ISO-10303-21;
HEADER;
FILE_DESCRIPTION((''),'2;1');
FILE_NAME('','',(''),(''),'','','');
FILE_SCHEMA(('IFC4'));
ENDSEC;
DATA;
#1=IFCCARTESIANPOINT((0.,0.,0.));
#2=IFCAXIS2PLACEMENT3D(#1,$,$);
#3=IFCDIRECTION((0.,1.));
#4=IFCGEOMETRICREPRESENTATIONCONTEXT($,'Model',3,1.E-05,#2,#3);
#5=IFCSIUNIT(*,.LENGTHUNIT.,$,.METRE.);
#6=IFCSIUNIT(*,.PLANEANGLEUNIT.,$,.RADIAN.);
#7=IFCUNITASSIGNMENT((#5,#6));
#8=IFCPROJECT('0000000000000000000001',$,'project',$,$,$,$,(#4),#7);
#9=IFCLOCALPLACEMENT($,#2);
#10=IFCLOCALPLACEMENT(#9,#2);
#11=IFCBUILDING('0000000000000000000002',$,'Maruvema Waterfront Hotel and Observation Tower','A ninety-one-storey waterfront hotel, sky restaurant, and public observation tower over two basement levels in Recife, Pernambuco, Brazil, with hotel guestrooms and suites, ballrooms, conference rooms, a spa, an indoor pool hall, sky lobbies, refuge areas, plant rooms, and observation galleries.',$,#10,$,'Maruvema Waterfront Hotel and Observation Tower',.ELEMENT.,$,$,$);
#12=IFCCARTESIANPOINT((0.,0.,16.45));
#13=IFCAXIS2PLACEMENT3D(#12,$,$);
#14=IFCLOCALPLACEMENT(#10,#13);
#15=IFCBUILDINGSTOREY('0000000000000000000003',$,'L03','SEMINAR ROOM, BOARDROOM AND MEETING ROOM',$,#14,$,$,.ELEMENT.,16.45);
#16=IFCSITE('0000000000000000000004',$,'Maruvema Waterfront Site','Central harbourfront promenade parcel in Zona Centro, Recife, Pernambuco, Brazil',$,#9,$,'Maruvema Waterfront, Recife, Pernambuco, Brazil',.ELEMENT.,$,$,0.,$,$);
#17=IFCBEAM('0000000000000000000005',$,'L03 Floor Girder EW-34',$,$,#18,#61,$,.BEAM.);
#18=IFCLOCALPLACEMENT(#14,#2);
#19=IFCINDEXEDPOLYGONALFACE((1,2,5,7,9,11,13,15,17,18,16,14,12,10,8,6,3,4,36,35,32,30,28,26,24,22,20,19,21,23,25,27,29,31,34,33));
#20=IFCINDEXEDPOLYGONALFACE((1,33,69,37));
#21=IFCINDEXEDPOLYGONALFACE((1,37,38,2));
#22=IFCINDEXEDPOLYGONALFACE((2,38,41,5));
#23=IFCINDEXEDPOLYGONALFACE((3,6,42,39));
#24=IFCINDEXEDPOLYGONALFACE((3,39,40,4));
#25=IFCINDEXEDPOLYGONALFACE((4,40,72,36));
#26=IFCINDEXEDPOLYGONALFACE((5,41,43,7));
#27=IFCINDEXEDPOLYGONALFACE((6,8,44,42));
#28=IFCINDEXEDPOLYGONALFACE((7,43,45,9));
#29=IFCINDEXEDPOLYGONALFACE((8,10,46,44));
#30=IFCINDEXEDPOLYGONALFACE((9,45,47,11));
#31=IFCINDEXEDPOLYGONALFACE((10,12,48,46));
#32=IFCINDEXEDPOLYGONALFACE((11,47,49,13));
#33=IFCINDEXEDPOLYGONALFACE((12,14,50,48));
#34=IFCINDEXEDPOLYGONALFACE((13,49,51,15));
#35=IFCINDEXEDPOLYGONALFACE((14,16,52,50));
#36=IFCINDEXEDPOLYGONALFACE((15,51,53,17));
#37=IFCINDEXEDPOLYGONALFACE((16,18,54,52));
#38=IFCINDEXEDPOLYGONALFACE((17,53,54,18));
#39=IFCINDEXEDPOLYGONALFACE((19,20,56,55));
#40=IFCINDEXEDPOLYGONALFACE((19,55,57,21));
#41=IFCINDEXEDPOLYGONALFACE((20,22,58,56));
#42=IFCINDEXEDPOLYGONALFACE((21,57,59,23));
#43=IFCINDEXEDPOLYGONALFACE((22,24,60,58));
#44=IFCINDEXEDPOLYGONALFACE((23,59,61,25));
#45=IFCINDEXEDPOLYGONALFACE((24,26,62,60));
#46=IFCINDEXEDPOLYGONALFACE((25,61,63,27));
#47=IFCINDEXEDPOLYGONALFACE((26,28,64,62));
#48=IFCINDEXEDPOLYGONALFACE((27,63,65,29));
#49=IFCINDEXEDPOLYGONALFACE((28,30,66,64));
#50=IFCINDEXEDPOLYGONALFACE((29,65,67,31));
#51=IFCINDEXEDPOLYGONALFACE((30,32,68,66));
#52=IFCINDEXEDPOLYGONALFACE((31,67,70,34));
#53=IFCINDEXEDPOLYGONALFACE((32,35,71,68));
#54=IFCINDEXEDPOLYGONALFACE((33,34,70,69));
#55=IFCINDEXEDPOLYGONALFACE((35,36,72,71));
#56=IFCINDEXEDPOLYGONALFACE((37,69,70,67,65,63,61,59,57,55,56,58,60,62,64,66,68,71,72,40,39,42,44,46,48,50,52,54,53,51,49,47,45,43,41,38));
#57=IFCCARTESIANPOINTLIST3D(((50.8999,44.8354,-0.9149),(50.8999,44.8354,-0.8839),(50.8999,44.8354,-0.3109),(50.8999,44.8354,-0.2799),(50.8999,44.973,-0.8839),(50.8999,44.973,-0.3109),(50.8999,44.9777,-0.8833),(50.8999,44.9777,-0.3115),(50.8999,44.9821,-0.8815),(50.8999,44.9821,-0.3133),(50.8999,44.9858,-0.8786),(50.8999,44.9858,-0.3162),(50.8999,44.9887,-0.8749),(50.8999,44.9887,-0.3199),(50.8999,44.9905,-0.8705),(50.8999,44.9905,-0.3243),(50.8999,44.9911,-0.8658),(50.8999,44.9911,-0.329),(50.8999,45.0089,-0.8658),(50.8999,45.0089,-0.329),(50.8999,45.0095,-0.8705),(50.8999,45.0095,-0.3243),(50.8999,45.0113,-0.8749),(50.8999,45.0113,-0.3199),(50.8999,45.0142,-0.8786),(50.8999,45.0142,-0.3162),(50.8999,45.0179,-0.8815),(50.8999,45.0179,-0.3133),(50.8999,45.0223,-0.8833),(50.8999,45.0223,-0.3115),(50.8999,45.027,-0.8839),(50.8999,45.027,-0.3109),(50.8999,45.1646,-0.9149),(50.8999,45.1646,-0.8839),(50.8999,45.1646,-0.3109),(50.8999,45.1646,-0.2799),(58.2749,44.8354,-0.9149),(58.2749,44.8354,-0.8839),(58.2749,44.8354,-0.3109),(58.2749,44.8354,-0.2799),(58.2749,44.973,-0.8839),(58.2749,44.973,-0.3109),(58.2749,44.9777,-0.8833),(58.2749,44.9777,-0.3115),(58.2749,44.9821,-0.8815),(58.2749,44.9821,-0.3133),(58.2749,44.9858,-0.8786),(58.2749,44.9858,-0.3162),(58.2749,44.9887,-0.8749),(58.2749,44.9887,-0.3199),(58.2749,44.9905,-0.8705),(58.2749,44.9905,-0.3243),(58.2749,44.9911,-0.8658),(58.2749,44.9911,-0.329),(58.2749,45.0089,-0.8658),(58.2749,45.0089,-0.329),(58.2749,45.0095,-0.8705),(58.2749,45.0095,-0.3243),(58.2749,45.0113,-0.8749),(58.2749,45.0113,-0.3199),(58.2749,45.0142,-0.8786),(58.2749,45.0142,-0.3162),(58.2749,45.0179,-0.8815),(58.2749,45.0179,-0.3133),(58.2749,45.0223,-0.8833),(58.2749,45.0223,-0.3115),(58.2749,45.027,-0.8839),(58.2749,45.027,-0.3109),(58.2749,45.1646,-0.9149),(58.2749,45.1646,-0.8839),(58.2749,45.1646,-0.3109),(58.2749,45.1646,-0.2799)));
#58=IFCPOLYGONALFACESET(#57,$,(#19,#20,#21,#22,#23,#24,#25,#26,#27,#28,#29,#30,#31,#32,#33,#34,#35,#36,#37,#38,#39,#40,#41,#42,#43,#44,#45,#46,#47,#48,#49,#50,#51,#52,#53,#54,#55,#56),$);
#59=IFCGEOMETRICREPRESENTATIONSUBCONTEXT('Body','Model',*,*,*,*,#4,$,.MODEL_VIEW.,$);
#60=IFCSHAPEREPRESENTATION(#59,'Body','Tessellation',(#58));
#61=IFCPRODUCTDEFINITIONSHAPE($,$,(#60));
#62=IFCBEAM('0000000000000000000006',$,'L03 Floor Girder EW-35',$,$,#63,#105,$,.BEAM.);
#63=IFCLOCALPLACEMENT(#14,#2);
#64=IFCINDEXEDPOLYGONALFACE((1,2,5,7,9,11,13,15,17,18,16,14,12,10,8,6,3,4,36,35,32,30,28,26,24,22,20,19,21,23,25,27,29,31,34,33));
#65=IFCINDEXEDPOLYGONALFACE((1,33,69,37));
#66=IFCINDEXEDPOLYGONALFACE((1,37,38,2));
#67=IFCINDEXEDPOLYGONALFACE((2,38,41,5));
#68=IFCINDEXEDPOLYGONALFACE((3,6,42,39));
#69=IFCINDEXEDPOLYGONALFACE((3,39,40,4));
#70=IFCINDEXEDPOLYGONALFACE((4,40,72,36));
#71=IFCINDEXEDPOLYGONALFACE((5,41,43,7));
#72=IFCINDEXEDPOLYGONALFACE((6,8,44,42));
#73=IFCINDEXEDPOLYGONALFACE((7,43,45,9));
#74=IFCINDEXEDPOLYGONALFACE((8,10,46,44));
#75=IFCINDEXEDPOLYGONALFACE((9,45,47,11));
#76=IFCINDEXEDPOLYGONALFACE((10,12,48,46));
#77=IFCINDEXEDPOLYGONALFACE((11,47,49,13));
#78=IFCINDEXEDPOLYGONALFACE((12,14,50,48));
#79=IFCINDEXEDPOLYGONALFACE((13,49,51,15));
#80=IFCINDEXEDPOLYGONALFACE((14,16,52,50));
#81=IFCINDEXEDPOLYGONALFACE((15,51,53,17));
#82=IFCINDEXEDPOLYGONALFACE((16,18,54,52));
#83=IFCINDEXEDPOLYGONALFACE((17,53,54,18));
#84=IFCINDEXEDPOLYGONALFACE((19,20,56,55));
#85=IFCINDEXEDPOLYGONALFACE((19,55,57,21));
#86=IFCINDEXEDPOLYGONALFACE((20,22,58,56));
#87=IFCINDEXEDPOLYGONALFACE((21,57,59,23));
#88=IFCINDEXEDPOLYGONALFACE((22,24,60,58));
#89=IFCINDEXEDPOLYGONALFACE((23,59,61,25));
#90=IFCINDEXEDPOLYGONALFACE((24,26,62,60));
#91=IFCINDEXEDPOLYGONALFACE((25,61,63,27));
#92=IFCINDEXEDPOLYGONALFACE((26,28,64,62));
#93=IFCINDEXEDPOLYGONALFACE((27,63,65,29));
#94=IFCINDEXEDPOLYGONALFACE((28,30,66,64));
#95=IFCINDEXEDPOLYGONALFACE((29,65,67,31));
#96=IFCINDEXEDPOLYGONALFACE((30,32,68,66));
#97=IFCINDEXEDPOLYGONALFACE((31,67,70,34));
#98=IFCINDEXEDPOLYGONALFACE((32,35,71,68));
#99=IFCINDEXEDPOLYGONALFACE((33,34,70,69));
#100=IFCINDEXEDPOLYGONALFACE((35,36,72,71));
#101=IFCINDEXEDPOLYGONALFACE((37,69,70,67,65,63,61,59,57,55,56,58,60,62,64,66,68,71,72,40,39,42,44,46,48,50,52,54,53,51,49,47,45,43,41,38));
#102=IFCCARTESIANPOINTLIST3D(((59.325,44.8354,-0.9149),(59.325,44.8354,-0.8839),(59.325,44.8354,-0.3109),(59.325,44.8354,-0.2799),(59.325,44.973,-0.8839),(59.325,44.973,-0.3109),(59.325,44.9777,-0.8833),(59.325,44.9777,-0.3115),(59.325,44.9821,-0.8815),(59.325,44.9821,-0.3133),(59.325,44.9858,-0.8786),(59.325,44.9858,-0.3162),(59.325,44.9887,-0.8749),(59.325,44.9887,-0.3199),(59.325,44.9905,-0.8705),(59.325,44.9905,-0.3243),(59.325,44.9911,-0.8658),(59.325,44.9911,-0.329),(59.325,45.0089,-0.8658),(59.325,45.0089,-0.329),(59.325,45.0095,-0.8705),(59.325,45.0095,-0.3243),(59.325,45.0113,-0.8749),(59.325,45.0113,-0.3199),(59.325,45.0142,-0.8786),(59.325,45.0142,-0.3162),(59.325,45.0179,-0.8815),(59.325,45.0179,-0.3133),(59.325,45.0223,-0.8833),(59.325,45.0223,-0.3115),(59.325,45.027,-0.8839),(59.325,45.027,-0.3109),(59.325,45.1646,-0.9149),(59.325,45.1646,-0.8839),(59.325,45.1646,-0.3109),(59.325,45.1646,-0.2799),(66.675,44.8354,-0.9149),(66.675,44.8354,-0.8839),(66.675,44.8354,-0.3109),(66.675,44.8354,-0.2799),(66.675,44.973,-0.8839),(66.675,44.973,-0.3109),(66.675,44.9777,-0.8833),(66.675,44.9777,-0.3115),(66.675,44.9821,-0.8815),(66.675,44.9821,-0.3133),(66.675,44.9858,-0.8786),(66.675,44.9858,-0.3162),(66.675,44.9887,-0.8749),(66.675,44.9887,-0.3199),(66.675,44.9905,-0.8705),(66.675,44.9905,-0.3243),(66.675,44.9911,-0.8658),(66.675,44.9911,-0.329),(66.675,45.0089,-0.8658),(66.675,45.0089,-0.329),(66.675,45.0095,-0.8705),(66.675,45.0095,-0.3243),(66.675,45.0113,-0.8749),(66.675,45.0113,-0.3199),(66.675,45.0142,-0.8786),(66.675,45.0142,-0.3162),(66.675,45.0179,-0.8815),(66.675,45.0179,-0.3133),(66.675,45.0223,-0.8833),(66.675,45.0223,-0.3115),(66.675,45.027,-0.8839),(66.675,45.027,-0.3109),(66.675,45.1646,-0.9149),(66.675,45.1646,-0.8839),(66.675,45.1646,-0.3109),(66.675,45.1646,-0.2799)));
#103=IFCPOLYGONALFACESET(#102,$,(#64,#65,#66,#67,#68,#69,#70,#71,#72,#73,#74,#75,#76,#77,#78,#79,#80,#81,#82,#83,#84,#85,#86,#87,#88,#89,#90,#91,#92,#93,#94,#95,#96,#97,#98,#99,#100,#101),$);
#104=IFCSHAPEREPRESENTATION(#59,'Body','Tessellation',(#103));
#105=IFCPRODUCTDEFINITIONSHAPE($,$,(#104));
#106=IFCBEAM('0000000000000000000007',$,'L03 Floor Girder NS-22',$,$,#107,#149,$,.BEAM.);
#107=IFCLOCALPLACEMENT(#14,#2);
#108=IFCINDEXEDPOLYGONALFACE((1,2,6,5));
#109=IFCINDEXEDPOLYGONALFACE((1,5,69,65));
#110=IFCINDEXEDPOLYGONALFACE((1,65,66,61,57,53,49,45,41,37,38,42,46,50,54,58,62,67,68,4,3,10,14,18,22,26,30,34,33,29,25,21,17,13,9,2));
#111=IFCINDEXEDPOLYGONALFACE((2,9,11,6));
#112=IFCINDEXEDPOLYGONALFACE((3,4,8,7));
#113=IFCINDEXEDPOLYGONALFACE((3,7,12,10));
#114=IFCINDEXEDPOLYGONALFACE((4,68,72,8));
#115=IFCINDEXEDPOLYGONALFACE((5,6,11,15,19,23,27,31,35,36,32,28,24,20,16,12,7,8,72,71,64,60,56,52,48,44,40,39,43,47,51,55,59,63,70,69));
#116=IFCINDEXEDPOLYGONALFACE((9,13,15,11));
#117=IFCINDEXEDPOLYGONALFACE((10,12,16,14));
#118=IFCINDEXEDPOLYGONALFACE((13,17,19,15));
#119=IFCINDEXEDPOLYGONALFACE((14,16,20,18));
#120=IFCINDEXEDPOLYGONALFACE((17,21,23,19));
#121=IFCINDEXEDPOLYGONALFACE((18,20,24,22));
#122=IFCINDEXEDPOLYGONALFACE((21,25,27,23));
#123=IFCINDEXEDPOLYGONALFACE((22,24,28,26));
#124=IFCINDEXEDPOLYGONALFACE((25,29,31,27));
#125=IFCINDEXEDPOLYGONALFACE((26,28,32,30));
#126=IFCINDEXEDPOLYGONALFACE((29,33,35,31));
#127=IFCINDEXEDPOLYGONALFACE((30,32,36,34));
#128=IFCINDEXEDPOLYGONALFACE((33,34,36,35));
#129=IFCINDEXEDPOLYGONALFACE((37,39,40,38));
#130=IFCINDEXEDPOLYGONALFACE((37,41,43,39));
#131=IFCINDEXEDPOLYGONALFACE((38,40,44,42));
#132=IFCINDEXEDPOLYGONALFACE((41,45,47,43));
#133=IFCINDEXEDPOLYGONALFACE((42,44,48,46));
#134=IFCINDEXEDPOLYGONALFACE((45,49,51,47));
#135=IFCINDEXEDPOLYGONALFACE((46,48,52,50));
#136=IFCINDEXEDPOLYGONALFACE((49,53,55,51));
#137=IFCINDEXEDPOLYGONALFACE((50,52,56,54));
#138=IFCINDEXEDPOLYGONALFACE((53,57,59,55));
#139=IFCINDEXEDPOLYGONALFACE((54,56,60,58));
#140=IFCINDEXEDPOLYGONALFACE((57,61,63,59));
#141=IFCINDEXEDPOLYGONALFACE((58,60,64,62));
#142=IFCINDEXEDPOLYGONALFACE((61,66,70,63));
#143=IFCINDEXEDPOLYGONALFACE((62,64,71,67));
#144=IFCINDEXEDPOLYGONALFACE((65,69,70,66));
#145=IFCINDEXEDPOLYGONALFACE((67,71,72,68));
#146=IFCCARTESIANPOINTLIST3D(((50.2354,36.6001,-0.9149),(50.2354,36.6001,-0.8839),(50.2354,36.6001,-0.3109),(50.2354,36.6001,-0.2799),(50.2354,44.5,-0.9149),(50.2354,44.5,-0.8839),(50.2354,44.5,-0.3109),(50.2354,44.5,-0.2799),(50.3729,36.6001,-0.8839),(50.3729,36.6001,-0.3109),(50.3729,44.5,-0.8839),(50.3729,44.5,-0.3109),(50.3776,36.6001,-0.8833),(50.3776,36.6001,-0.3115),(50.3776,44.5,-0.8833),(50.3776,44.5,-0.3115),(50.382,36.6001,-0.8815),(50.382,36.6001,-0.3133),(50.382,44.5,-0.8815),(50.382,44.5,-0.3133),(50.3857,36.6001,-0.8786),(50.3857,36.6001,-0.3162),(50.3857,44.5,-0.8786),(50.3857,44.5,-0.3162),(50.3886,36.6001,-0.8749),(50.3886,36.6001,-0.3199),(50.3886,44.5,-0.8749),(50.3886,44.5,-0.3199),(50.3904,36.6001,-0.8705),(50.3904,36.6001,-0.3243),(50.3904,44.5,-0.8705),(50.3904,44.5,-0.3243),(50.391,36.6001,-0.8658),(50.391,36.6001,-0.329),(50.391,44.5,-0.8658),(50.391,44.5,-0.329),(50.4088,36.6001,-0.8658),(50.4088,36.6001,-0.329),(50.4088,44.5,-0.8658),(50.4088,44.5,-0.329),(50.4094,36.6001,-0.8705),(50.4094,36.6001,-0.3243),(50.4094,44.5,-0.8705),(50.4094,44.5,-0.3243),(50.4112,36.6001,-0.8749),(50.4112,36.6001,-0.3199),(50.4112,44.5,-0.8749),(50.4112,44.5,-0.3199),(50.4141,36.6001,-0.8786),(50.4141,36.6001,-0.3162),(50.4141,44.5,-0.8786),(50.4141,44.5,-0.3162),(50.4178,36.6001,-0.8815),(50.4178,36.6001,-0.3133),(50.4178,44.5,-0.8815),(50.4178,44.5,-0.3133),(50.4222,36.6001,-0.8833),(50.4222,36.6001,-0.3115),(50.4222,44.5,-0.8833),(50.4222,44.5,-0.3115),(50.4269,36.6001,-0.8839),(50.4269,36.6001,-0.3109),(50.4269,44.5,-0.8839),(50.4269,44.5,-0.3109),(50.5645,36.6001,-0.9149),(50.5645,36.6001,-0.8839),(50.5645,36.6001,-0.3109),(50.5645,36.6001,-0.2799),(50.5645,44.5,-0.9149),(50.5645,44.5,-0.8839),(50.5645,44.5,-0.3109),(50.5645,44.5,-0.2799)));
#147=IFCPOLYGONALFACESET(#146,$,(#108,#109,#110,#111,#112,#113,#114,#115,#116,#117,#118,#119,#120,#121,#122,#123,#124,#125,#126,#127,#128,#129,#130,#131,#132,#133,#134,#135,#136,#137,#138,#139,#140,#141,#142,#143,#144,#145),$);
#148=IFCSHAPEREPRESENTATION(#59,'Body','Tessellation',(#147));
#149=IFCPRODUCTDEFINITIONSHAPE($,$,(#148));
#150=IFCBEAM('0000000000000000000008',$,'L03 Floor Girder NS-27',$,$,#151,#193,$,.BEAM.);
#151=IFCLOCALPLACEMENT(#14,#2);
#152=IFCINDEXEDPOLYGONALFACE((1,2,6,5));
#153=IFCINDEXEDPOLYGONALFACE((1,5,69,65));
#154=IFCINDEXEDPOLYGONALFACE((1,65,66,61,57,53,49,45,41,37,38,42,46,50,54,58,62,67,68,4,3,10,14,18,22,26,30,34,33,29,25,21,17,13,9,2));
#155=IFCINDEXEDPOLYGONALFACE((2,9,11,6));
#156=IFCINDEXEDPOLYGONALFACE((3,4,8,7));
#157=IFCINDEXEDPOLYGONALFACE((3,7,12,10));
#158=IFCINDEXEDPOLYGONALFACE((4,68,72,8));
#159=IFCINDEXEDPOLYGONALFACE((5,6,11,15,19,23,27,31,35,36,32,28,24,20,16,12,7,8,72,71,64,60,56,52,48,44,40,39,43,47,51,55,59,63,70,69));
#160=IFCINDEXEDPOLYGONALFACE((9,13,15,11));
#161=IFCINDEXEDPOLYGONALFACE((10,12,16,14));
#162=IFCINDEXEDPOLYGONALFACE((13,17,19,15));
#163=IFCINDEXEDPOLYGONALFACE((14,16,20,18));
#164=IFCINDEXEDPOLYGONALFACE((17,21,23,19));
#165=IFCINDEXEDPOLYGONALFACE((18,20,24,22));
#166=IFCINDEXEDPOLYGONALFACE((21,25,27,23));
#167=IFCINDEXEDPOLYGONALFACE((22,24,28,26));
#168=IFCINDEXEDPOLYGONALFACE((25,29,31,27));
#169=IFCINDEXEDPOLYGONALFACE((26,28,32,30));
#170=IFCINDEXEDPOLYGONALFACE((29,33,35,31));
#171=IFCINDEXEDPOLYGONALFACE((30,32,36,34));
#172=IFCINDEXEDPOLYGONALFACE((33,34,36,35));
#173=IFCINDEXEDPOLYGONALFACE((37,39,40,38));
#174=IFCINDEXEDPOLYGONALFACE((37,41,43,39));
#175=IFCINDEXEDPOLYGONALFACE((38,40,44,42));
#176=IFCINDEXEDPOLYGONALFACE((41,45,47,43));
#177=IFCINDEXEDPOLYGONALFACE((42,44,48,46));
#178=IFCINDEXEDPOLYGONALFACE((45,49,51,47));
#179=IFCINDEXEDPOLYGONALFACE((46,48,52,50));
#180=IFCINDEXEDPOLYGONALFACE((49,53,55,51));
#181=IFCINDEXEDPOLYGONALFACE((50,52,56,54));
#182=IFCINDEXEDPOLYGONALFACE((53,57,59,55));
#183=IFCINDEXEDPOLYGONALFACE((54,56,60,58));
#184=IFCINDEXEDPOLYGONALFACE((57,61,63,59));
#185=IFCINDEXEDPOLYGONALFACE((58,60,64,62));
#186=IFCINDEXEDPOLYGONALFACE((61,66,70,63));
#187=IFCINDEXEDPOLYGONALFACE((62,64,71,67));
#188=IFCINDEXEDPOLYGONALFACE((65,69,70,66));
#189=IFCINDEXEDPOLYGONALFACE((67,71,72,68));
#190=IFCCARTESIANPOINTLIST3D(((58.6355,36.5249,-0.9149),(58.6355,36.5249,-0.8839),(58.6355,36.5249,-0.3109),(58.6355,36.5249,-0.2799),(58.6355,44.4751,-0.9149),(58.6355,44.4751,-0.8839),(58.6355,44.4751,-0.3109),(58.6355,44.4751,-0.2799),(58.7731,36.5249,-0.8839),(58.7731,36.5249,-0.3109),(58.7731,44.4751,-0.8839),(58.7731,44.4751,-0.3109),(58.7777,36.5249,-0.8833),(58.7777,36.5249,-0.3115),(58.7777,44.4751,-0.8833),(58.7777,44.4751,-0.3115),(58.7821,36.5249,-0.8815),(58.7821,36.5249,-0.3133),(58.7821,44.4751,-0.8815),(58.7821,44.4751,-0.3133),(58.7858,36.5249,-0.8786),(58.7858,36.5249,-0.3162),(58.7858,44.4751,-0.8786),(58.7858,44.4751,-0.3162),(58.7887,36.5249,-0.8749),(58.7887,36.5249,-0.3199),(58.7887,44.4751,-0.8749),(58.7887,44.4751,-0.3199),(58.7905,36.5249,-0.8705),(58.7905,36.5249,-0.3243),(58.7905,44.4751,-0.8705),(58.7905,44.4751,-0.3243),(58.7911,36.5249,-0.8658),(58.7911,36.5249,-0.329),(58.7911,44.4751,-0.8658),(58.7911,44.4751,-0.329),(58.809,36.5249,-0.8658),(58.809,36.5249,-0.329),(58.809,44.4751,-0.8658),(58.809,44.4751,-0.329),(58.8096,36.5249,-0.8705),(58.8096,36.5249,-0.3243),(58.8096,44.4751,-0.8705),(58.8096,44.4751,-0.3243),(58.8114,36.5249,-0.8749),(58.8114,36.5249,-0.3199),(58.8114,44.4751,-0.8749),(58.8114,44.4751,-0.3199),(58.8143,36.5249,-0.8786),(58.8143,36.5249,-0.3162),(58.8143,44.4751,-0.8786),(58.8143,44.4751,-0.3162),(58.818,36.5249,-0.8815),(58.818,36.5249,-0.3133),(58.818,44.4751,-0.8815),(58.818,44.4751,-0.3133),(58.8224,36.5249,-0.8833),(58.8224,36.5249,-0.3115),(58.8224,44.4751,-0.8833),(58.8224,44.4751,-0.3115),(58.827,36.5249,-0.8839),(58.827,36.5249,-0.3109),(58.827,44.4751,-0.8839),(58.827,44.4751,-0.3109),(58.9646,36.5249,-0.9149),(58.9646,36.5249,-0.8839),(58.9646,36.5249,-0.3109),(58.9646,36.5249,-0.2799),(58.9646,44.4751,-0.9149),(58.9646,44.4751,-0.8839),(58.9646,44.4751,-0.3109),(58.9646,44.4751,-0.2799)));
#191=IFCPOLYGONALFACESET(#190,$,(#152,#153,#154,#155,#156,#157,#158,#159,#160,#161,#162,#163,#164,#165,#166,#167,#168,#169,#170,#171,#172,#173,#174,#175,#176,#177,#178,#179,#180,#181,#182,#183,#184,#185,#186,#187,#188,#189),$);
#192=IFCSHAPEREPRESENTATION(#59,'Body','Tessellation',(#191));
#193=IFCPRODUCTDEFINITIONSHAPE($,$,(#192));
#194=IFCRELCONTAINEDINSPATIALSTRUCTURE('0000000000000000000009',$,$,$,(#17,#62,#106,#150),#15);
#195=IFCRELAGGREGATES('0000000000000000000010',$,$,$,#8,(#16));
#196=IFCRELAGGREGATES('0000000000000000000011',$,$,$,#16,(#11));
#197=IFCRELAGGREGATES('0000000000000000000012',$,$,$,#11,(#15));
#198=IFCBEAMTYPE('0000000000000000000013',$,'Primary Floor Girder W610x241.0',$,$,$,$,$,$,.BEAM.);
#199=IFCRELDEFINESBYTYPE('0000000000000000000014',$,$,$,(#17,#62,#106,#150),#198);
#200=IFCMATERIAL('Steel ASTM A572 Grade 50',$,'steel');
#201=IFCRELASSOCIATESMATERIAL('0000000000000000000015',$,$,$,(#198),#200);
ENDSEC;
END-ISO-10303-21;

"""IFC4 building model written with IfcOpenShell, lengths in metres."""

from ifc_helpers import new_model, si_unit, direction, frame, origin, origin_2d, place, context, subcontext, project, spatial, i_section, extrude, material, material_profile, profile_set, type_object, element, save


model = new_model("IFC4")

# Units and contexts
model_context = context("Model", 3, precision=1e-05, world=origin(), true_north=direction((0.0, 1.0)))
body_context = subcontext(model_context, "Body", "Model", "MODEL_VIEW")
ifc_project = project(units=[si_unit("LENGTHUNIT", "METRE"), si_unit("PLANEANGLEUNIT", "RADIAN")], contexts=[model_context])

# Site, building, storey
site_placement = place(None, origin())
site = spatial("IfcSite", under=ifc_project, at=site_placement, Name="Maruvema Waterfront Site", Description="Central harbourfront promenade parcel in Zona Centro, Recife, Pernambuco, Brazil", LongName="Maruvema Waterfront, Recife, Pernambuco, Brazil", CompositionType="ELEMENT", RefElevation=0.0)
building_placement = place(site_placement, origin())
building = spatial("IfcBuilding", under=site, at=building_placement, Name="Maruvema Waterfront Hotel and Observation Tower", Description="A ninety-one-storey waterfront hotel, sky restaurant, and public observation tower over two basement levels in Recife, Pernambuco, Brazil, with hotel guestrooms and suites, ballrooms, conference rooms, a spa, an indoor pool hall, sky lobbies, refuge areas, plant rooms, and observation galleries.", LongName="Maruvema Waterfront Hotel and Observation Tower", CompositionType="ELEMENT")
storey_placement = place(building_placement, frame((0.0, 0.0, 16.45)))
storey = spatial("IfcBuildingStorey", under=building, at=storey_placement, Name="L03", Description="SEMINAR ROOM, BOARDROOM AND MEETING ROOM", CompositionType="ELEMENT", Elevation=16.45)

# Beams
ifc_material_1 = material(Name="Steel ASTM A572 Grade 50", Category="steel")
ifc_material_profile_1 = material_profile(ifc_material_1, i_section(OverallWidth=0.3291, OverallDepth=0.635, WebThickness=0.0178, FlangeThickness=0.031, FilletRadius=0.0181, at=origin_2d()), Name="W610x241.0")
ifc_profile_set_1 = profile_set([ifc_material_profile_1], Name="Steel ASTM A572 Grade 50")
beam_type_1 = type_object("IfcBeamType", Name="Primary Floor Girder W610x241.0", PredefinedType="BEAM", material=ifc_profile_set_1)
beam_1_placement = place(storey_placement, frame((50.8999, 45.0, -0.5974), z_axis=(1.0, 0.0, 0.0), x_axis=(0.0, 1.0, 0.0)))
element("IfcBeam", 1, at=beam_1_placement, inside=storey, type_object=beam_type_1, Name="L03 Floor Girder EW-34", PredefinedType="BEAM", context=body_context, shape_type="SweptSolid", body=[
    extrude(i_section(OverallWidth=0.3291, OverallDepth=0.635, WebThickness=0.0178, FlangeThickness=0.031, FilletRadius=0.0181, at=origin_2d()), origin(), (0.0, 0.0, 1.0), 7.375),
])
beam_2_placement = place(storey_placement, frame((59.325, 45.0, -0.5974), z_axis=(1.0, 0.0, 0.0), x_axis=(0.0, 1.0, 0.0)))
element("IfcBeam", 2, at=beam_2_placement, inside=storey, type_object=beam_type_1, Name="L03 Floor Girder EW-35", PredefinedType="BEAM", context=body_context, shape_type="SweptSolid", body=[
    extrude(i_section(OverallWidth=0.3291, OverallDepth=0.635, WebThickness=0.0178, FlangeThickness=0.031, FilletRadius=0.0181, at=origin_2d()), origin(), (0.0, 0.0, 1.0), 7.3501),
])
beam_3_placement = place(storey_placement, frame((50.3999, 36.6001, -0.5974), z_axis=(0.0, 1.0, 0.0), x_axis=(-1.0, 0.0, 0.0)))
element("IfcBeam", 3, at=beam_3_placement, inside=storey, type_object=beam_type_1, Name="L03 Floor Girder NS-22", PredefinedType="BEAM", context=body_context, shape_type="SweptSolid", body=[
    extrude(i_section(OverallWidth=0.3291, OverallDepth=0.635, WebThickness=0.0178, FlangeThickness=0.031, FilletRadius=0.0181, at=origin_2d()), origin(), (0.0, 0.0, 1.0), 7.8999),
])
beam_4_placement = place(storey_placement, frame((58.8, 36.5249, -0.5974), z_axis=(0.0, 1.0, 0.0), x_axis=(-1.0, 0.0, 0.0)))
element("IfcBeam", 4, at=beam_4_placement, inside=storey, type_object=beam_type_1, Name="L03 Floor Girder NS-27", PredefinedType="BEAM", context=body_context, shape_type="SweptSolid", body=[
    extrude(i_section(OverallWidth=0.3291, OverallDepth=0.635, WebThickness=0.0178, FlangeThickness=0.031, FilletRadius=0.0181, at=origin_2d()), origin(), (0.0, 0.0, 1.0), 7.9502),
])

save(model, "model.ifc")
